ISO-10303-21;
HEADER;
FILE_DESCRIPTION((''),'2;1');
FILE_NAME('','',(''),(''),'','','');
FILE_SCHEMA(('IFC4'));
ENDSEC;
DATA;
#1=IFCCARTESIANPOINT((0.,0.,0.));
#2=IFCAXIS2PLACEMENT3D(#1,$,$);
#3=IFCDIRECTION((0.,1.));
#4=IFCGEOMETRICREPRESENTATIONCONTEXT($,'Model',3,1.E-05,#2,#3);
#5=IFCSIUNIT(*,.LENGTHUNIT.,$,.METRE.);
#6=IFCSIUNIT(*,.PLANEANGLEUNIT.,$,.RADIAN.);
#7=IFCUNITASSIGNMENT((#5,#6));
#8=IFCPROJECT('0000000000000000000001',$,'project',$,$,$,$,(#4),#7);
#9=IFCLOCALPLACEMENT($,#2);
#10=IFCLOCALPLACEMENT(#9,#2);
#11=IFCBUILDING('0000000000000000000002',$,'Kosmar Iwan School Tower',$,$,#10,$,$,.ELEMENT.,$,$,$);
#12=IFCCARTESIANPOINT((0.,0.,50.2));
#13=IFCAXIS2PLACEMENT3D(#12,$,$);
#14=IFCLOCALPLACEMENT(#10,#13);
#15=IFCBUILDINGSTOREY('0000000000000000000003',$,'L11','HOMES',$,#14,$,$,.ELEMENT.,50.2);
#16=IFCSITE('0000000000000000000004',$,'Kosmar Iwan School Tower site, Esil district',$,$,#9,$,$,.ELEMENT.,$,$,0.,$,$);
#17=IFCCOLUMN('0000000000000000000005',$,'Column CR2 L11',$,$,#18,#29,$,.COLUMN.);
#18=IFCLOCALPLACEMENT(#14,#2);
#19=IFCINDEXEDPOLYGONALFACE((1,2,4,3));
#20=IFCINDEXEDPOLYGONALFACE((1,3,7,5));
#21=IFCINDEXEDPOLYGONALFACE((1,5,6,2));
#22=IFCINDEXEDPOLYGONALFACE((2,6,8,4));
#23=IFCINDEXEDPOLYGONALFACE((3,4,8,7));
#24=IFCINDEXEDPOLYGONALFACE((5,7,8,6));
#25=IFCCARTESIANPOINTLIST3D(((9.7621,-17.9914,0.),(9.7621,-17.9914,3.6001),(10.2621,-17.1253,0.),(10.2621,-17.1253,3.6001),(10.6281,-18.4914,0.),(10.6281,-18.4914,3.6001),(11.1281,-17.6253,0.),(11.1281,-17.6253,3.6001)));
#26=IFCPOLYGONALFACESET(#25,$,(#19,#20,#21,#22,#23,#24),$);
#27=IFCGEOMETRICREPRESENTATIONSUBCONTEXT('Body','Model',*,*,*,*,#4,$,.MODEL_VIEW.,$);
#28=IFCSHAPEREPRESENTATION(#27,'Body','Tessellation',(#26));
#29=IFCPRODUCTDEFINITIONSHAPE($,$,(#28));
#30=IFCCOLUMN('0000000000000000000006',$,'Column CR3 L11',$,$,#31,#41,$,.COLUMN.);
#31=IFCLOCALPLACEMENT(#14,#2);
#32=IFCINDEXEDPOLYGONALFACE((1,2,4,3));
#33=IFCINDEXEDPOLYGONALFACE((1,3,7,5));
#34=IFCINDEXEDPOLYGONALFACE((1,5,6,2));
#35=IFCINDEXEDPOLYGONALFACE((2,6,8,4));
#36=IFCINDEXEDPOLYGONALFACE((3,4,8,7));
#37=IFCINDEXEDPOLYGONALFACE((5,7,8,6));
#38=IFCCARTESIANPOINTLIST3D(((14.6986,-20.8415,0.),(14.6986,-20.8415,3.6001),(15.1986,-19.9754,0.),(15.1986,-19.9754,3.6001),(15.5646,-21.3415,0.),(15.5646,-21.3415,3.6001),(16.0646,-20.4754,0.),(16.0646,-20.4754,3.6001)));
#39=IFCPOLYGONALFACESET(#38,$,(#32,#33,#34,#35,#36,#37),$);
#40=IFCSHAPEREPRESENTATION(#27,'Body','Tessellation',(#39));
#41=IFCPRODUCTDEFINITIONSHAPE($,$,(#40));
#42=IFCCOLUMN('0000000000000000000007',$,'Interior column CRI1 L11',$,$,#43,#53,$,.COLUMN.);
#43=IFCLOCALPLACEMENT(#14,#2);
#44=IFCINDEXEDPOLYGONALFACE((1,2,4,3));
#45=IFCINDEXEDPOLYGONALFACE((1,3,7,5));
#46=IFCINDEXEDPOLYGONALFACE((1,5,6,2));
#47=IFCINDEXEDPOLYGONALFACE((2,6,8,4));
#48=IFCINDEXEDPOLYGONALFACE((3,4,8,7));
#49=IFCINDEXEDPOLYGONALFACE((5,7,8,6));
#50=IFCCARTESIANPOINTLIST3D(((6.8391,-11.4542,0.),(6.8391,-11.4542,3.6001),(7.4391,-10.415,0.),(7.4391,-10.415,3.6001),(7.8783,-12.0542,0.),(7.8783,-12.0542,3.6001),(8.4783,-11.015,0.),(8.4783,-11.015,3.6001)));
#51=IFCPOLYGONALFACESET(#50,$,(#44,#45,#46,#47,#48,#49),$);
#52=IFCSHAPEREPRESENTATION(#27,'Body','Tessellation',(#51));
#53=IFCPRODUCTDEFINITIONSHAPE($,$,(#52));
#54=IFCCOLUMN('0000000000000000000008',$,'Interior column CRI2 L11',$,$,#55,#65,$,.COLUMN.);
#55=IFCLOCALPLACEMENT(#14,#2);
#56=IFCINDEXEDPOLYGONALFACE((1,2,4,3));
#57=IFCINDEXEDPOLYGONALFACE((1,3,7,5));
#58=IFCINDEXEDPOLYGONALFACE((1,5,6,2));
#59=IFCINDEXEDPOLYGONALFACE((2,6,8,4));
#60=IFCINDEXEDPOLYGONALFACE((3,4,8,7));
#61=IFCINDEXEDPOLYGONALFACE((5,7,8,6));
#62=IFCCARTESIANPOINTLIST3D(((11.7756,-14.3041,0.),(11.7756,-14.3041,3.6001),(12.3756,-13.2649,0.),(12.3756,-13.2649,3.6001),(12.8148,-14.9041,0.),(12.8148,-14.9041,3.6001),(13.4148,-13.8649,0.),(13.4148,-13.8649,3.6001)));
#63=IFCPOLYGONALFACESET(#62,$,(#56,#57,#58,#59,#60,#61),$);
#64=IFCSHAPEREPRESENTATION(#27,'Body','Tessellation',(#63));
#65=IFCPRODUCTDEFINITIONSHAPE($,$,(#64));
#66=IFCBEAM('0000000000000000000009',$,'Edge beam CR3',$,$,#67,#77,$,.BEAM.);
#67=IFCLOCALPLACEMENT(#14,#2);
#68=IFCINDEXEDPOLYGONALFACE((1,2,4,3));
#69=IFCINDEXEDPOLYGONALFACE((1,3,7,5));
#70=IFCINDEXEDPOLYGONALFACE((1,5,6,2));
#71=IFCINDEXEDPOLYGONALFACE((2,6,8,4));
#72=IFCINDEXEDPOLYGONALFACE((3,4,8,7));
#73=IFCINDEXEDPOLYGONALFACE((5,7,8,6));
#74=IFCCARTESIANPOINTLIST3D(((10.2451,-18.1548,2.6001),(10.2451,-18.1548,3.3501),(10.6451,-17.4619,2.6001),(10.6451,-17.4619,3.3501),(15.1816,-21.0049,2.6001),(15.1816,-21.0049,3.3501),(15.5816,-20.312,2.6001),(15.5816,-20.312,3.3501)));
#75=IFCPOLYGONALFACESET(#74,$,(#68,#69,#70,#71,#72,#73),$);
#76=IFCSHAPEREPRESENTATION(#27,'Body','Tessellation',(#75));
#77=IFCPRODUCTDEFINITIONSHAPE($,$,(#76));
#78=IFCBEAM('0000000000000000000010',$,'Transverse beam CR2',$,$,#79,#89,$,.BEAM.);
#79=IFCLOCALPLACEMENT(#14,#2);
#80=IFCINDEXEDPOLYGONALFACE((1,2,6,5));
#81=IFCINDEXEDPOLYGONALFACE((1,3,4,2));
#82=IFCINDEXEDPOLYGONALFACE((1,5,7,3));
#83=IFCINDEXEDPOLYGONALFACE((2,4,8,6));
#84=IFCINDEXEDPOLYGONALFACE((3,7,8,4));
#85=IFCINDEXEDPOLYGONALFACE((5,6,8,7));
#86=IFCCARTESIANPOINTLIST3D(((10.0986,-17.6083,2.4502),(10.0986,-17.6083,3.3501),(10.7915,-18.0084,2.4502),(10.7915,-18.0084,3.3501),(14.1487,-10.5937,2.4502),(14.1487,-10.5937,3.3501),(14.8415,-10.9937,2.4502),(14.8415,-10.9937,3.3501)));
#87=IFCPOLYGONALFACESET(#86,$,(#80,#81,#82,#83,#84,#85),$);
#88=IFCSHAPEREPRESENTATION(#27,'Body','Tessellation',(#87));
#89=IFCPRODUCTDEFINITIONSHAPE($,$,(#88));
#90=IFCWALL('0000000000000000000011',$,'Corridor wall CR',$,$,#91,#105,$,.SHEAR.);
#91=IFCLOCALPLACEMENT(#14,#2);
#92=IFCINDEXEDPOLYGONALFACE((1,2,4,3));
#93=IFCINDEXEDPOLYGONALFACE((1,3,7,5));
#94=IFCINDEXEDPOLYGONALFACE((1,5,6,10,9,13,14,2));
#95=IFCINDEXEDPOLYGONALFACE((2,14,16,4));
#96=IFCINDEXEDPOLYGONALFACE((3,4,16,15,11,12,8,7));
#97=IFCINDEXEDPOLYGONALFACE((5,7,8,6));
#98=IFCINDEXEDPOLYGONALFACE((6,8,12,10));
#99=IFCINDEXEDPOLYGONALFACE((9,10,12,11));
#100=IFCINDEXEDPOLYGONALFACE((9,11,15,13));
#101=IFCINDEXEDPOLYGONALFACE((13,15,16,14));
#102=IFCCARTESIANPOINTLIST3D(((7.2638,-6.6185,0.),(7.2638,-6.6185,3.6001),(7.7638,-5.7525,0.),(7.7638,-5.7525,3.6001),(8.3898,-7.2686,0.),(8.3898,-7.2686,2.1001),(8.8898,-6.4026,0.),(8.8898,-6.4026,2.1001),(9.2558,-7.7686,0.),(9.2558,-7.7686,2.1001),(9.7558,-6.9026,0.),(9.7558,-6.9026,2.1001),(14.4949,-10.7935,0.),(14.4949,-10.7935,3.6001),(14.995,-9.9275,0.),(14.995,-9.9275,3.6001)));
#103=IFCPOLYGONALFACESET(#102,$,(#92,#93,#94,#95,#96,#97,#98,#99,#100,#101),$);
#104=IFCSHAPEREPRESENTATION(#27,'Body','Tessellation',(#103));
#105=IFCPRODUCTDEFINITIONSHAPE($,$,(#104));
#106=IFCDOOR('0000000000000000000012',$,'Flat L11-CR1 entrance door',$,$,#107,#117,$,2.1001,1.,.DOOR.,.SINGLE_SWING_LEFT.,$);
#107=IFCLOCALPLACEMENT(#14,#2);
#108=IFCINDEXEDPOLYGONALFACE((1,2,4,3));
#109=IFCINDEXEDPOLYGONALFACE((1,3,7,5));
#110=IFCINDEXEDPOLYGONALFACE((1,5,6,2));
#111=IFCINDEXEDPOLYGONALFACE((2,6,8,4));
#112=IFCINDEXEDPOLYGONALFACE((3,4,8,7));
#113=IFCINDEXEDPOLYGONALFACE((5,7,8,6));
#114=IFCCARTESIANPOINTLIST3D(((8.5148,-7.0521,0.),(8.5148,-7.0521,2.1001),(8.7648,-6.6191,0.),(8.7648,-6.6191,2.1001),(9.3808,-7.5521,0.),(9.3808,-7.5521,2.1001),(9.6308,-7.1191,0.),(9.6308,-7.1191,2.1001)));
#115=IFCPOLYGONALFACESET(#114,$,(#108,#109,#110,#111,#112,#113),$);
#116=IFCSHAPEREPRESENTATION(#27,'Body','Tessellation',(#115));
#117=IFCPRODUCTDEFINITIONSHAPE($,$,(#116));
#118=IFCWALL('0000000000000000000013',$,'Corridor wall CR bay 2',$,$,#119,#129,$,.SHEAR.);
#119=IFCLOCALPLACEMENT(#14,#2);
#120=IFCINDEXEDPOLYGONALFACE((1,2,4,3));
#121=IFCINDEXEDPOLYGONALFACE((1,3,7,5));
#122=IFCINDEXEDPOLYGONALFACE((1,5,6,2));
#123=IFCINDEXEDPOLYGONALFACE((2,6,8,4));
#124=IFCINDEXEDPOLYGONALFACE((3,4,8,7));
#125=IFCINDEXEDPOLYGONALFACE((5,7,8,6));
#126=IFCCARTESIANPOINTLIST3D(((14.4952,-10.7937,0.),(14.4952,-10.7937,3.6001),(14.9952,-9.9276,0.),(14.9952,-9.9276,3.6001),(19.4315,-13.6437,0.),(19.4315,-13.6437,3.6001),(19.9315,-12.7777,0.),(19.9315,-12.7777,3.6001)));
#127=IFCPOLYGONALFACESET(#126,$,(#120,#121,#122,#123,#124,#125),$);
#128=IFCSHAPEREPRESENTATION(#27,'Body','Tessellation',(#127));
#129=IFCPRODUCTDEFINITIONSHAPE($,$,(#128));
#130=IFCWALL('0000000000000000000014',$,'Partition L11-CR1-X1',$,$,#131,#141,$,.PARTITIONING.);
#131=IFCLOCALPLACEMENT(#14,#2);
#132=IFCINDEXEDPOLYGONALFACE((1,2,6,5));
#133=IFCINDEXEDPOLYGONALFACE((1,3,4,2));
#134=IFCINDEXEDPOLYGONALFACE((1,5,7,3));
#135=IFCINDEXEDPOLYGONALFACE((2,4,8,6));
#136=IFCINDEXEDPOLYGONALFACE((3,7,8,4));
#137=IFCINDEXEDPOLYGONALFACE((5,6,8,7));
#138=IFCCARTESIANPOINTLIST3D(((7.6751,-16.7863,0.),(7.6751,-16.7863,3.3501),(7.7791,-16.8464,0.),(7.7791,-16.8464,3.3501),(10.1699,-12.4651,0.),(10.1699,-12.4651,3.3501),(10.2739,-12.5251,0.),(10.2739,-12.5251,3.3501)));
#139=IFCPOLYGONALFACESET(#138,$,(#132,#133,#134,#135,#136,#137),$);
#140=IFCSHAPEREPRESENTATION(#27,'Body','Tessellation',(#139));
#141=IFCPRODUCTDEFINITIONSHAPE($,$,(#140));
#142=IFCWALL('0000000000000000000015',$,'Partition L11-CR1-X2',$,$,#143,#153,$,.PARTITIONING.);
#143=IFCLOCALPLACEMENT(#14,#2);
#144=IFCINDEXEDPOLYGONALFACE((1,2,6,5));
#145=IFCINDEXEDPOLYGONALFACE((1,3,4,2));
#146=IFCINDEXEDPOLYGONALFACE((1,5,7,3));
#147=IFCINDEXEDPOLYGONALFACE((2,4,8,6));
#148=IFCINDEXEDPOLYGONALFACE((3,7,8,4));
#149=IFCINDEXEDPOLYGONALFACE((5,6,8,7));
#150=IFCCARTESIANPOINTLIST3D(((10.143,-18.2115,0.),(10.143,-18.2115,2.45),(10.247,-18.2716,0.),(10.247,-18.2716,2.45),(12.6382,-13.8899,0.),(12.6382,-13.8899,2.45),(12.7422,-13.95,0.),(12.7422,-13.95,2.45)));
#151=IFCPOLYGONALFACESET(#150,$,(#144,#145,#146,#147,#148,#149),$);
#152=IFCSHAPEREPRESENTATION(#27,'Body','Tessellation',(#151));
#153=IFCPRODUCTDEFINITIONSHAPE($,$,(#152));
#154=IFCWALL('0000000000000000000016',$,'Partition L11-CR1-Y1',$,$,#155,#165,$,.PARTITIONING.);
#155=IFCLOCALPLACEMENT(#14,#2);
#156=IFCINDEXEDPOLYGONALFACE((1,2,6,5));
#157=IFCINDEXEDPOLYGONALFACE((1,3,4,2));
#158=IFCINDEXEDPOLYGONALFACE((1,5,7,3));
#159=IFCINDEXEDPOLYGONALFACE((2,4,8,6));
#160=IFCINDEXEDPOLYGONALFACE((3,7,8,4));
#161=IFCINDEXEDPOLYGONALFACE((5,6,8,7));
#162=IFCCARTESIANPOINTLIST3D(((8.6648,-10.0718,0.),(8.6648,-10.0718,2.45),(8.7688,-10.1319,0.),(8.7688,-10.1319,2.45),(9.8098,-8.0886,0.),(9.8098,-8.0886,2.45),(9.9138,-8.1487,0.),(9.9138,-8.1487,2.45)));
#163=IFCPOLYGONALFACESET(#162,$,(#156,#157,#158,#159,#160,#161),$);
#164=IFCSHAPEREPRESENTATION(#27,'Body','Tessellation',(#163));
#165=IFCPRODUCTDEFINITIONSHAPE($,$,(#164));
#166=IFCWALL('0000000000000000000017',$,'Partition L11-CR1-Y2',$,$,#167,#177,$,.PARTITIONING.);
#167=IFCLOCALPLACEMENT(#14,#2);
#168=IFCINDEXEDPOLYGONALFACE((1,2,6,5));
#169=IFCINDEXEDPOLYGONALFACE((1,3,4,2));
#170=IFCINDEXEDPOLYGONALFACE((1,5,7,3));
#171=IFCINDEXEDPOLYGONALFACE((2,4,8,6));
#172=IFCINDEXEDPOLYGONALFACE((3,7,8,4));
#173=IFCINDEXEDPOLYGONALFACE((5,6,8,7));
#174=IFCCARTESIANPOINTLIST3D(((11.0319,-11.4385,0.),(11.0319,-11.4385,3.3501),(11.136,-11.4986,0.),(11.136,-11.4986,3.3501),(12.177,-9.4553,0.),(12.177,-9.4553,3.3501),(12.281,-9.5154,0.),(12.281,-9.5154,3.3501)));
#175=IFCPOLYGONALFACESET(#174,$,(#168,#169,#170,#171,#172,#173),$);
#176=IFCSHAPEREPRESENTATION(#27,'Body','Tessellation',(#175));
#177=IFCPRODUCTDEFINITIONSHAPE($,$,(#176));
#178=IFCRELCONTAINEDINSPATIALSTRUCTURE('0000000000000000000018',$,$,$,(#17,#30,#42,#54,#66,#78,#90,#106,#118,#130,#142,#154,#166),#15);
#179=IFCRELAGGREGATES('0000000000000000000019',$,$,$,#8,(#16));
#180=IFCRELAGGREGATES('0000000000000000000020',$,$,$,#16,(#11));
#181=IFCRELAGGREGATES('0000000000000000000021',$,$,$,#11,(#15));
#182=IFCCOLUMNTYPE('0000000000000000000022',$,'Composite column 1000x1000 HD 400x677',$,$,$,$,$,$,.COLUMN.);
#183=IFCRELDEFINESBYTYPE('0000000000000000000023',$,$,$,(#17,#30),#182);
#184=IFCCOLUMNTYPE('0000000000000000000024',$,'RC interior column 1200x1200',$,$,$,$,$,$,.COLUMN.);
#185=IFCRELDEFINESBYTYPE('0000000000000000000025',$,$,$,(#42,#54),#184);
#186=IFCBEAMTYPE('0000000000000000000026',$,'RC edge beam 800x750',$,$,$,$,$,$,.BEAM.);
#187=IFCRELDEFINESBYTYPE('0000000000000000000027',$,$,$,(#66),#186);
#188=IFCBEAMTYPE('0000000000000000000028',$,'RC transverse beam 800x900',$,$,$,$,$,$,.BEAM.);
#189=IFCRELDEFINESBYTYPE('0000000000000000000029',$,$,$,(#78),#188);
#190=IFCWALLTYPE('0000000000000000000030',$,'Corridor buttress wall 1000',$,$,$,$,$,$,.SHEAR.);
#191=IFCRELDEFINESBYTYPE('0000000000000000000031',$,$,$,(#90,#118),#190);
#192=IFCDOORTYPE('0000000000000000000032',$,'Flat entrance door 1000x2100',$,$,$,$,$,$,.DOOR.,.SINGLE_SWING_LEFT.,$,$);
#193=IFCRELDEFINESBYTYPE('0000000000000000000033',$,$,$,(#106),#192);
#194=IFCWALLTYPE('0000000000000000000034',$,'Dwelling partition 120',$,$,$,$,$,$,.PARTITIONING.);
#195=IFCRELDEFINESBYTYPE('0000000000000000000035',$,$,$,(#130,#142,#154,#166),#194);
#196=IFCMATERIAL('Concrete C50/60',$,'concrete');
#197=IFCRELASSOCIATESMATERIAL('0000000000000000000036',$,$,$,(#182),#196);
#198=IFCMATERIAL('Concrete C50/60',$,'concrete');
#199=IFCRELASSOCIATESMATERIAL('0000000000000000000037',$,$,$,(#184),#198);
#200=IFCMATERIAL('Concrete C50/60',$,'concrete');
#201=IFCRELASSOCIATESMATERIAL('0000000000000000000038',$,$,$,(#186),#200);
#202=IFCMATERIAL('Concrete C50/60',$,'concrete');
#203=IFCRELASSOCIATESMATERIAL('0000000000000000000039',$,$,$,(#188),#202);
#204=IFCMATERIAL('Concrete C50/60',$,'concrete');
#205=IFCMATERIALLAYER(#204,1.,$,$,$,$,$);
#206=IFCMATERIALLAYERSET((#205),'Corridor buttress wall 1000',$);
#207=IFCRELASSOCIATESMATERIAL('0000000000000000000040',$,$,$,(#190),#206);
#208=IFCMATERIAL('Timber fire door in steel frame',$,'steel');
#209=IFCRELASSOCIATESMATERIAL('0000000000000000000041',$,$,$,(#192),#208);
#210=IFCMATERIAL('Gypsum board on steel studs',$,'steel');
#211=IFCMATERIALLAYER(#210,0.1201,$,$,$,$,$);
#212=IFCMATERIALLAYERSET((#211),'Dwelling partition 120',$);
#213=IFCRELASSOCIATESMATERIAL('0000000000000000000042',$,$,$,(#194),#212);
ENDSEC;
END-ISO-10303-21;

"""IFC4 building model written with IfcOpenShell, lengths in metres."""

from ifc_helpers import new_model, si_unit, direction, frame, frame_2d, origin, origin_2d, place, context, subcontext, project, spatial, rectangle, extrude, material, layer, layer_set, material_profile, profile_set, type_object, element, fill, save


model = new_model("IFC4")

# Units and contexts
model_context = context("Model", 3, precision=1e-05, world=origin(), true_north=direction((0.0, 1.0)))
body_context = subcontext(model_context, "Body", "Model", "MODEL_VIEW")
ifc_project = project(units=[si_unit("LENGTHUNIT", "METRE"), si_unit("PLANEANGLEUNIT", "RADIAN")], contexts=[model_context])

# Site, building, storey
site_placement = place(None, origin())
site = spatial("IfcSite", under=ifc_project, at=site_placement, Name="Kosmar Iwan School Tower site, Esil district", CompositionType="ELEMENT", RefElevation=0.0)
building_placement = place(site_placement, origin())
building = spatial("IfcBuilding", under=site, at=building_placement, Name="Kosmar Iwan School Tower", CompositionType="ELEMENT")
storey_placement = place(building_placement, frame((0.0, 0.0, 50.2)))
storey = spatial("IfcBuildingStorey", under=building, at=storey_placement, Name="L11", Description="HOMES", CompositionType="ELEMENT", Elevation=50.2)

# Columns
ifc_material_1 = material(Name="Concrete C50/60", Category="concrete")
ifc_material_profile_1 = material_profile(ifc_material_1, rectangle(XDim=1.0, YDim=1.0, at=origin_2d()), Name="RC 1000x1000 + HD 400x677")
ifc_profile_set_1 = profile_set([ifc_material_profile_1], Name="Concrete C50/60")
column_type_1 = type_object("IfcColumnType", Name="Composite column 1000x1000 HD 400x677", PredefinedType="COLUMN", material=ifc_profile_set_1)
for number, where, z_axis, x_axis, name in (
    (1, (10.4451, -17.8083, 0.0), (0.0, 0.0, 1.0), (0.866025, -0.5, 0.0), "Column CR2 L11"),
    (2, (15.3816, -20.6584, 0.0), (0.0, 0.0, 1.0), (0.866025, -0.5, 0.0), "Column CR3 L11"),
):
    element("IfcColumn", number, at=place(storey_placement, frame(where, z_axis=z_axis, x_axis=x_axis)), inside=storey, type_object=column_type_1, Name=name, PredefinedType="COLUMN", context=body_context, shape_type="SweptSolid", body=[
        extrude(rectangle(XDim=1.0, YDim=1.0, at=origin_2d()), origin(), (0.0, 0.0, 1.0), 3.6001),
    ])
ifc_material_2 = material(Name="Concrete C50/60", Category="concrete")
ifc_material_profile_2 = material_profile(ifc_material_2, rectangle(XDim=1.2, YDim=1.2, at=origin_2d()), Name="RC 1200x1200")
ifc_profile_set_2 = profile_set([ifc_material_profile_2], Name="Concrete C50/60")
column_type_2 = type_object("IfcColumnType", Name="RC interior column 1200x1200", PredefinedType="COLUMN", material=ifc_profile_set_2)
for number, where, z_axis, x_axis, name in (
    (3, (7.6587, -11.2346, 0.0), (0.0, 0.0, 1.0), (0.866025, -0.5, 0.0), "Interior column CRI1 L11"),
    (4, (12.5952, -14.0845, 0.0), (0.0, 0.0, 1.0), (0.866025, -0.5, 0.0), "Interior column CRI2 L11"),
):
    element("IfcColumn", number, at=place(storey_placement, frame(where, z_axis=z_axis, x_axis=x_axis)), inside=storey, type_object=column_type_2, Name=name, PredefinedType="COLUMN", context=body_context, shape_type="SweptSolid", body=[
        extrude(rectangle(XDim=1.2, YDim=1.2, at=origin_2d()), origin(), (0.0, 0.0, 1.0), 3.6001),
    ])

# Beams
ifc_material_3 = material(Name="Concrete C50/60", Category="concrete")
ifc_material_profile_3 = material_profile(ifc_material_3, rectangle(XDim=0.8, YDim=0.75, at=origin_2d()), Name="RC 800x750")
ifc_profile_set_3 = profile_set([ifc_material_profile_3], Name="Concrete C50/60")
beam_type_1 = type_object("IfcBeamType", Name="RC edge beam 800x750", PredefinedType="BEAM", material=ifc_profile_set_3)
beam_1_placement = place(storey_placement, frame((10.4451, -17.8083, 2.9751), z_axis=(0.866026, -0.499999, 0.0), x_axis=(0.499999, 0.866026, 0.0)))
element("IfcBeam", 5, at=beam_1_placement, inside=storey, type_object=beam_type_1, Name="Edge beam CR3", PredefinedType="BEAM", context=body_context, shape_type="SweptSolid", body=[
    extrude(rectangle(XDim=0.8, YDim=0.75, at=origin_2d()), origin(), (0.0, 0.0, 1.0), 5.7002),
])
ifc_material_4 = material(Name="Concrete C50/60", Category="concrete")
ifc_material_profile_4 = material_profile(ifc_material_4, rectangle(XDim=0.8, YDim=0.8999, at=origin_2d()), Name="RC 800x900")
ifc_profile_set_4 = profile_set([ifc_material_profile_4], Name="Concrete C50/60")
beam_type_2 = type_object("IfcBeamType", Name="RC transverse beam 800x900", PredefinedType="BEAM", material=ifc_profile_set_4)
beam_2_placement = place(storey_placement, frame((10.4451, -17.8083, 2.9001), z_axis=(0.500013, 0.866018, 0.0), x_axis=(-0.866018, 0.500013, 0.0)))
element("IfcBeam", 6, at=beam_2_placement, inside=storey, type_object=beam_type_2, Name="Transverse beam CR2", PredefinedType="BEAM", context=body_context, shape_type="SweptSolid", body=[
    extrude(rectangle(XDim=0.8, YDim=0.8999, at=origin_2d()), origin(), (0.0, 0.0, 1.0), 8.0999),
])

# Wall, opening, door
ifc_material_5 = material(Name="Concrete C50/60", Category="concrete")
ifc_layer_1 = layer(ifc_material_5, 1.0)
ifc_layer_set_1 = layer_set([ifc_layer_1], Name="Corridor buttress wall 1000")
wall_type_1 = type_object("IfcWallType", Name="Corridor buttress wall 1000", PredefinedType="SHEAR", material=ifc_layer_set_1)
wall_1_placement = place(storey_placement, frame((7.5139, -6.1855, 0.0), z_axis=(0.0, 0.0, 1.0), x_axis=(0.86602, -0.50001, 0.0)))
wall_1 = element("IfcWall", 7, at=wall_1_placement, inside=storey, type_object=wall_type_1, Name="Corridor wall CR", PredefinedType="SHEAR", context=body_context, shape_type="SweptSolid", body=[
    extrude(rectangle(XDim=8.3499, YDim=1.0, at=frame_2d((4.1748, 0.0))), origin(), (0.0, 0.0, 1.0), 3.6001),
])
opening_1_placement = place(wall_1_placement, frame((1.3, 0.0, 0.0)))
opening_1 = element("IfcOpeningElement", 8, at=opening_1_placement, cuts=wall_1, PredefinedType="OPENING", context=body_context, shape_type="SweptSolid", body=[
    extrude(rectangle(XDim=1.0, YDim=2.1001, at=frame_2d((0.5, 1.05))), frame((0.0, 0.512, 0.0), z_axis=(0.0, -1.0, 0.0), x_axis=(1.0, 0.0, 0.0)), (0.0, 0.0, 1.0), 1.0239),
])
ifc_material_6 = material(Name="Timber fire door in steel frame", Category="steel")
door_type_1 = type_object("IfcDoorType", Name="Flat entrance door 1000x2100", OperationType="SINGLE_SWING_LEFT", PredefinedType="DOOR", material=ifc_material_6)
door_1_placement = place(opening_1_placement, origin())
door_1 = element("IfcDoor", 9, at=door_1_placement, inside=storey, type_object=door_type_1, Name="Flat L11-CR1 entrance door", OperationType="SINGLE_SWING_LEFT", OverallHeight=2.1001, OverallWidth=1.0, PredefinedType="DOOR", context=body_context, shape_type="SweptSolid", body=[
    extrude(rectangle(XDim=1.0, YDim=2.1001, at=frame_2d((0.5, 1.05))), frame((0.0, 0.25, 0.0), z_axis=(0.0, -1.0, 0.0), x_axis=(1.0, 0.0, 0.0)), (0.0, 0.0, 1.0), 0.5),
])
fill(opening_1, door_1)

# Walls
wall_2_placement = place(storey_placement, frame((14.7451, -10.3606, 0.0), z_axis=(0.0, 0.0, 1.0), x_axis=(0.866015, -0.500018, 0.0)))
element("IfcWall", 10, at=wall_2_placement, inside=storey, type_object=wall_type_1, Name="Corridor wall CR bay 2", PredefinedType="SHEAR", context=body_context, shape_type="SweptSolid", body=[
    extrude(rectangle(XDim=5.7, YDim=1.0, at=frame_2d((2.8501, 0.0))), origin(), (0.0, 0.0, 1.0), 3.6001),
])
ifc_material_7 = material(Name="Gypsum board on steel studs", Category="steel")
ifc_layer_2 = layer(ifc_material_7, 0.1201)
ifc_layer_set_2 = layer_set([ifc_layer_2], Name="Dwelling partition 120")
wall_type_2 = type_object("IfcWallType", Name="Dwelling partition 120", PredefinedType="PARTITIONING", material=ifc_layer_set_2)
wall_3_placement = place(storey_placement, frame((10.2219, -12.4951, 0.0), z_axis=(0.0, 0.0, 1.0), x_axis=(-0.499996, -0.866028, 0.0)))
element("IfcWall", 11, at=wall_3_placement, inside=storey, type_object=wall_type_2, Name="Partition L11-CR1-X1", PredefinedType="PARTITIONING", context=body_context, shape_type="SweptSolid", body=[
    extrude(rectangle(XDim=4.9897, YDim=0.1201, at=frame_2d((2.4949, 0.0))), origin(), (0.0, 0.0, 1.0), 3.3501),
])
wall_4_placement = place(storey_placement, frame((12.6902, -13.9199, 0.0), z_axis=(0.0, 0.0, 1.0), x_axis=(-0.500012, -0.866019, 0.0)))
element("IfcWall", 12, at=wall_4_placement, inside=storey, type_object=wall_type_2, Name="Partition L11-CR1-X2", PredefinedType="PARTITIONING", context=body_context, shape_type="SweptSolid", body=[
    extrude(rectangle(XDim=4.9902, YDim=0.1201, at=frame_2d((2.4951, 0.0))), origin(), (0.0, 0.0, 1.0), 2.45),
])
wall_5_placement = place(storey_placement, frame((9.8618, -8.1187, 0.0), z_axis=(0.0, 0.0, 1.0), x_axis=(-0.500015, -0.866017, 0.0)))
element("IfcWall", 13, at=wall_5_placement, inside=storey, type_object=wall_type_2, Name="Partition L11-CR1-Y1", PredefinedType="PARTITIONING", context=body_context, shape_type="SweptSolid", body=[
    extrude(rectangle(XDim=2.29, YDim=0.1201, at=frame_2d((1.145, 0.0))), origin(), (0.0, 0.0, 1.0), 2.45),
])
for number, where, z_axis, x_axis, name in (
    (14, (12.229, -9.4854, 0.0), (0.0, 0.0, 1.0), (-0.500015, -0.866017, 0.0), "Partition L11-CR1-Y2"),
):
    element("IfcWall", number, at=place(storey_placement, frame(where, z_axis=z_axis, x_axis=x_axis)), inside=storey, type_object=wall_type_2, Name=name, PredefinedType="PARTITIONING", context=body_context, shape_type="SweptSolid", body=[
        extrude(rectangle(XDim=2.29, YDim=0.1201, at=frame_2d((1.145, 0.0))), origin(), (0.0, 0.0, 1.0), 3.3501),
    ])

save(model, "model.ifc")
